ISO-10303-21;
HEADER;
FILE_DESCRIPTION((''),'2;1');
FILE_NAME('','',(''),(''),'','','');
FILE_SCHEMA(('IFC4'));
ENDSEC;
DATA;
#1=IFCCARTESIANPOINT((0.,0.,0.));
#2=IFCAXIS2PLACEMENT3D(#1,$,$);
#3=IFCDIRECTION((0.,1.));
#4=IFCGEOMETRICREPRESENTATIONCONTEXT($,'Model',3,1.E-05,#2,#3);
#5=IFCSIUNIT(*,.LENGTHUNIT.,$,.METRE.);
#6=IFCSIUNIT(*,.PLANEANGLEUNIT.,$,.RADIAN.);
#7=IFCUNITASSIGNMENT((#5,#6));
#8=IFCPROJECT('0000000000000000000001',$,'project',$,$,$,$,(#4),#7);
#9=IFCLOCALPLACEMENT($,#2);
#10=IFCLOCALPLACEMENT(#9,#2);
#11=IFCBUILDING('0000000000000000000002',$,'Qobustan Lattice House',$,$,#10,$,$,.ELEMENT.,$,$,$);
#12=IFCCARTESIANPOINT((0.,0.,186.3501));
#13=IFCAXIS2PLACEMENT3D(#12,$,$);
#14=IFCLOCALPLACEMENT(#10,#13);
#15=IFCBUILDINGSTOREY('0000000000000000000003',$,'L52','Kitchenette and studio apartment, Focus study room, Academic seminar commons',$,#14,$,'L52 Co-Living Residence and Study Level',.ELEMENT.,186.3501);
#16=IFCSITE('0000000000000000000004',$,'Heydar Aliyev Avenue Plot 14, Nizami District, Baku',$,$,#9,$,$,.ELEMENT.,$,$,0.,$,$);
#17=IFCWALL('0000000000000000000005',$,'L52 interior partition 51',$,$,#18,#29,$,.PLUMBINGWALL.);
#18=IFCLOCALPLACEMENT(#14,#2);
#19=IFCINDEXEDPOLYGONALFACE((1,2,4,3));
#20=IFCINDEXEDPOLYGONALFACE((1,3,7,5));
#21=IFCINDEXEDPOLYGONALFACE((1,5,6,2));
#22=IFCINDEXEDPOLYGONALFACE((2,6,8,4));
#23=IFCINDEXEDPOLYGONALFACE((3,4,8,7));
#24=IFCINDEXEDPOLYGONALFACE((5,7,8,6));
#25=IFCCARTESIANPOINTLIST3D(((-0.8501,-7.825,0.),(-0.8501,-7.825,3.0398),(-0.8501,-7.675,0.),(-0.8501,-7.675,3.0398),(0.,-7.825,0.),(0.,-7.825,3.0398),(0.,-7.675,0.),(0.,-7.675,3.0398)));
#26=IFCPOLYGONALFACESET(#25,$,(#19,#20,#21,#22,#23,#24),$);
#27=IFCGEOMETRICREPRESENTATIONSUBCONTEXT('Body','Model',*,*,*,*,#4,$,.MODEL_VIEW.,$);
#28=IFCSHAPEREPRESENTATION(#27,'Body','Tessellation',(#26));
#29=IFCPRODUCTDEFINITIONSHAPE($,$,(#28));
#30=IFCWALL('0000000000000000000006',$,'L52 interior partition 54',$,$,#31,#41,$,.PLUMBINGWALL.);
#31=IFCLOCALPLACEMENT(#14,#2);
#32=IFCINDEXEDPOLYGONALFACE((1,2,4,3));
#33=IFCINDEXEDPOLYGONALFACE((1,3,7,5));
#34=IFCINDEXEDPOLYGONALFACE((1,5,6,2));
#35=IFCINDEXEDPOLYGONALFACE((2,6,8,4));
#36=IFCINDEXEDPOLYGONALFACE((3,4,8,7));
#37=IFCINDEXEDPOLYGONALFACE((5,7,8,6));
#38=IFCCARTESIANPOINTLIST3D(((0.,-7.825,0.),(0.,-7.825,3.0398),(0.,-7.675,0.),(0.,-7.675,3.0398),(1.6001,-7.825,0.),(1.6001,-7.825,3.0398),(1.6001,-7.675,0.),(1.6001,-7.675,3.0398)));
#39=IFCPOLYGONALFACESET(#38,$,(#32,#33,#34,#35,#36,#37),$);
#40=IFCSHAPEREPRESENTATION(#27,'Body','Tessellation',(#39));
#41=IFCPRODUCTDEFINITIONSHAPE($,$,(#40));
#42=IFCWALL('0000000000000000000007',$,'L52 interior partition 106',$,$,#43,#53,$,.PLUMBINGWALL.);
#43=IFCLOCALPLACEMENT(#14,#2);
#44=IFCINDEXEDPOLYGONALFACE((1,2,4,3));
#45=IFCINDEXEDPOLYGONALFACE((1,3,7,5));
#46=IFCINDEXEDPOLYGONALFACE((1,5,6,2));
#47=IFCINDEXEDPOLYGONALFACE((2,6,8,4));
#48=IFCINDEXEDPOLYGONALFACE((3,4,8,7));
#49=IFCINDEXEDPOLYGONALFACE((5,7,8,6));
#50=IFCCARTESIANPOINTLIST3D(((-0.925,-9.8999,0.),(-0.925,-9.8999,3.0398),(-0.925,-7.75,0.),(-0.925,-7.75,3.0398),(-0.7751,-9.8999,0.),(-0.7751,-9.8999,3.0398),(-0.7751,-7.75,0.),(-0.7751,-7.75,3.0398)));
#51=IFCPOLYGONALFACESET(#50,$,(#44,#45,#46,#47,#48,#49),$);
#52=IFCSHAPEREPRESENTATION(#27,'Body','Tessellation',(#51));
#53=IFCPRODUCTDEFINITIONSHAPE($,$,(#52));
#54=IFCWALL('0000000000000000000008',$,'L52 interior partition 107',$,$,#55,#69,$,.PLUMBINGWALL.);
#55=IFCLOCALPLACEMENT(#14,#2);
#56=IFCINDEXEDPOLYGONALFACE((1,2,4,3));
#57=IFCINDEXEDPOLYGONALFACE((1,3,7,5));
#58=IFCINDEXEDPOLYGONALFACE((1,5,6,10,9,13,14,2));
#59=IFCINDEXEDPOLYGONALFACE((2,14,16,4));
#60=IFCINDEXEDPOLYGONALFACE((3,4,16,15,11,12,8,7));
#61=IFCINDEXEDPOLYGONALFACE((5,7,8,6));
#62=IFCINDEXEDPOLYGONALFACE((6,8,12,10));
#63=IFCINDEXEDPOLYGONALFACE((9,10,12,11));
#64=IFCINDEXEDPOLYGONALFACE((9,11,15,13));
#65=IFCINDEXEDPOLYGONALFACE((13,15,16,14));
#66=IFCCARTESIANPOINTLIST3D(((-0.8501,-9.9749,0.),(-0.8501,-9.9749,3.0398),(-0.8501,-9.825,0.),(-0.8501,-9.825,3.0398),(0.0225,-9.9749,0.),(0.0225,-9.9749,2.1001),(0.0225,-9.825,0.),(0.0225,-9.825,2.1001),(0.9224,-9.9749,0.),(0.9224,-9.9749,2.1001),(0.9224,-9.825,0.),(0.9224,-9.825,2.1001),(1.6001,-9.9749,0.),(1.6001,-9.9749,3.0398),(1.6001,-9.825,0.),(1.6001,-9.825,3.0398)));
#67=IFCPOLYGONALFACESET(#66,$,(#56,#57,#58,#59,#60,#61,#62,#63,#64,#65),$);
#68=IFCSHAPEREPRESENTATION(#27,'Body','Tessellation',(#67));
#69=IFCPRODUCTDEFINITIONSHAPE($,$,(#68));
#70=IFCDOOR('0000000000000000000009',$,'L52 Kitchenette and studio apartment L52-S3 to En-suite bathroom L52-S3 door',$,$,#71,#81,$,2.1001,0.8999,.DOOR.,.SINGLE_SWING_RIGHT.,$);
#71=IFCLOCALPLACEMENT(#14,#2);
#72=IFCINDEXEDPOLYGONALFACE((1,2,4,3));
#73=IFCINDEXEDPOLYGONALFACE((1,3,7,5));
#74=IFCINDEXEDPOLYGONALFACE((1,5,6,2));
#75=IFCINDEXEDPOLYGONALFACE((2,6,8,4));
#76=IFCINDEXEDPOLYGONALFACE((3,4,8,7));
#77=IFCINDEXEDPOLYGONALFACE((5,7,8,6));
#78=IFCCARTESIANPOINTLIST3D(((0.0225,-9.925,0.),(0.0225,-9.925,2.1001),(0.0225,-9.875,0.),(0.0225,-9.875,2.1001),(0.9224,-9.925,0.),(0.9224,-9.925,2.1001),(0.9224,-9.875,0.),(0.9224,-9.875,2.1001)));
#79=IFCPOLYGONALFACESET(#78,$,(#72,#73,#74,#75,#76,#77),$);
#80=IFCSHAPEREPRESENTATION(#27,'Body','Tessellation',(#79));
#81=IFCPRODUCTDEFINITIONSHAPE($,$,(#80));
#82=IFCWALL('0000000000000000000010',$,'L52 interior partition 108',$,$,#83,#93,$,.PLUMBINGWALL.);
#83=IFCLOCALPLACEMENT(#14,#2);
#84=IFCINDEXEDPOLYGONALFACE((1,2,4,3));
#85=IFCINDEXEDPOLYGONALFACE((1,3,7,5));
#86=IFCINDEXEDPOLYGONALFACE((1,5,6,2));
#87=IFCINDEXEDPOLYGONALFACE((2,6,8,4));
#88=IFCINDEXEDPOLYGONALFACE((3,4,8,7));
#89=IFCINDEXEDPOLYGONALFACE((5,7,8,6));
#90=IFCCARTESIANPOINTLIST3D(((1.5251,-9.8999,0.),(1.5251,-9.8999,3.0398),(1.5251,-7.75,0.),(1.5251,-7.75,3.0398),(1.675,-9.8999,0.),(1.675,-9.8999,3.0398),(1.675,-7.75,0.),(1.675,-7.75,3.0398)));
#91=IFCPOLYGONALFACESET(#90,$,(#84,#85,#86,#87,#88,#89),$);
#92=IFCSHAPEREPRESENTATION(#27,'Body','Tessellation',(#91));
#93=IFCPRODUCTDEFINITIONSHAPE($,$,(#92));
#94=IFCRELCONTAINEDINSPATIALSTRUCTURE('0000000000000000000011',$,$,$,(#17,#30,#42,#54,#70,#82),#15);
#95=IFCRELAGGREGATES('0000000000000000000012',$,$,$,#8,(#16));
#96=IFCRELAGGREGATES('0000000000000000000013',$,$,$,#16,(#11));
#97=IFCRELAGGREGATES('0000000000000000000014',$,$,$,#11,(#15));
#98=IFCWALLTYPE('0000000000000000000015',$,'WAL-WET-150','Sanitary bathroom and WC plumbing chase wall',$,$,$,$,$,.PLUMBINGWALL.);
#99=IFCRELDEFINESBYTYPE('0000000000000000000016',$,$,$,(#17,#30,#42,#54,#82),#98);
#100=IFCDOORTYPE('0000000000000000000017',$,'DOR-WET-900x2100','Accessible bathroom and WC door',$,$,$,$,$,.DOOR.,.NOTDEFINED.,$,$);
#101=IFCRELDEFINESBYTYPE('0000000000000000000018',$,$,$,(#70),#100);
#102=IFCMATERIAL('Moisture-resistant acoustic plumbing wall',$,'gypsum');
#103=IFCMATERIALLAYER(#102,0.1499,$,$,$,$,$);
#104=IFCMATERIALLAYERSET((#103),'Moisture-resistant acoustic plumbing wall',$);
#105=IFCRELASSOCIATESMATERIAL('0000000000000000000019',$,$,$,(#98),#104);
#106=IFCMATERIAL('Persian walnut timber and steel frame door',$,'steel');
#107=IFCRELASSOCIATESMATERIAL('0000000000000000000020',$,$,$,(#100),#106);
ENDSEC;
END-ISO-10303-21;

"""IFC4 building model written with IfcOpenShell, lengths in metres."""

from ifc_helpers import new_model, si_unit, direction, frame, frame_2d, origin, place, context, subcontext, project, spatial, rectangle, extrude, material, layer, layer_set, type_object, element, fill, save


model = new_model("IFC4")

# Units and contexts
model_context = context("Model", 3, precision=1e-05, world=origin(), true_north=direction((0.0, 1.0)))
body_context = subcontext(model_context, "Body", "Model", "MODEL_VIEW")
ifc_project = project(units=[si_unit("LENGTHUNIT", "METRE"), si_unit("PLANEANGLEUNIT", "RADIAN")], contexts=[model_context])

# Site, building, storey
site_placement = place(None, origin())
site = spatial("IfcSite", under=ifc_project, at=site_placement, Name="Heydar Aliyev Avenue Plot 14, Nizami District, Baku", CompositionType="ELEMENT", RefElevation=0.0)
building_placement = place(site_placement, origin())
building = spatial("IfcBuilding", under=site, at=building_placement, Name="Qobustan Lattice House", CompositionType="ELEMENT")
storey_placement = place(building_placement, frame((0.0, 0.0, 186.3501)))
storey = spatial("IfcBuildingStorey", under=building, at=storey_placement, Name="L52", Description="Kitchenette and studio apartment, Focus study room, Academic seminar commons", LongName="L52 Co-Living Residence and Study Level", CompositionType="ELEMENT", Elevation=186.3501)

# Walls
ifc_material_1 = material(Name="Moisture-resistant acoustic plumbing wall", Category="gypsum")
ifc_layer_1 = layer(ifc_material_1, 0.1499)
ifc_layer_set_1 = layer_set([ifc_layer_1], Name="Moisture-resistant acoustic plumbing wall")
wall_type_1 = type_object("IfcWallType", Name="WAL-WET-150", Description="Sanitary bathroom and WC plumbing chase wall", PredefinedType="PLUMBINGWALL", material=ifc_layer_set_1)
wall_1_placement = place(storey_placement, frame((0.0, -7.75, 0.0), z_axis=(0.0, 0.0, 1.0), x_axis=(-1.0, 0.0, 0.0)))
element("IfcWall", 1, at=wall_1_placement, inside=storey, type_object=wall_type_1, Name="L52 interior partition 51", PredefinedType="PLUMBINGWALL", context=body_context, shape_type="SweptSolid", body=[
    extrude(rectangle(XDim=0.8501, YDim=0.1499, at=frame_2d((0.425, 0.0))), origin(), (0.0, 0.0, 1.0), 3.0398),
])
wall_2_placement = place(storey_placement, frame((1.6001, -7.75, 0.0), z_axis=(0.0, 0.0, 1.0), x_axis=(-1.0, 0.0, 0.0)))
element("IfcWall", 2, at=wall_2_placement, inside=storey, type_object=wall_type_1, Name="L52 interior partition 54", PredefinedType="PLUMBINGWALL", context=body_context, shape_type="SweptSolid", body=[
    extrude(rectangle(XDim=1.6001, YDim=0.1499, at=frame_2d((0.8, 0.0))), origin(), (0.0, 0.0, 1.0), 3.0398),
])
wall_3_placement = place(storey_placement, frame((-0.8501, -7.75, 0.0), z_axis=(0.0, 0.0, 1.0), x_axis=(0.0, -1.0, 0.0)))
element("IfcWall", 3, at=wall_3_placement, inside=storey, type_object=wall_type_1, Name="L52 interior partition 106", PredefinedType="PLUMBINGWALL", context=body_context, shape_type="SweptSolid", body=[
    extrude(rectangle(XDim=2.1499, YDim=0.1499, at=frame_2d((1.075, 0.0))), origin(), (0.0, 0.0, 1.0), 3.0398),
])

# Wall, opening, door
wall_4_placement = place(storey_placement, frame((-0.8501, -9.8999, 0.0), z_axis=(0.0, 0.0, 1.0), x_axis=(1.0, 0.0, 0.0)))
wall_4 = element("IfcWall", 4, at=wall_4_placement, inside=storey, type_object=wall_type_1, Name="L52 interior partition 107", PredefinedType="PLUMBINGWALL", context=body_context, shape_type="SweptSolid", body=[
    extrude(rectangle(XDim=2.4502, YDim=0.1499, at=frame_2d((1.2251, 0.0))), origin(), (0.0, 0.0, 1.0), 3.0398),
])
opening_1_placement = place(wall_4_placement, frame((0.8726, 0.0, 0.0)))
opening_1 = element("IfcOpeningElement", 5, at=opening_1_placement, cuts=wall_4, PredefinedType="OPENING", context=body_context, shape_type="SweptSolid", body=[
    extrude(rectangle(XDim=0.8999, YDim=2.1001, at=frame_2d((0.45, 1.05))), frame((0.0, 0.085, 0.0), z_axis=(0.0, -1.0, 0.0), x_axis=(1.0, 0.0, 0.0)), (0.0, 0.0, 1.0), 0.1699),
])
ifc_material_2 = material(Name="Persian walnut timber and steel frame door", Category="steel")
door_type_1 = type_object("IfcDoorType", Name="DOR-WET-900x2100", Description="Accessible bathroom and WC door", OperationType="NOTDEFINED", PredefinedType="DOOR", material=ifc_material_2)
door_1_placement = place(opening_1_placement, origin())
door_1 = element("IfcDoor", 6, at=door_1_placement, inside=storey, type_object=door_type_1, Name="L52 Kitchenette and studio apartment L52-S3 to En-suite bathroom L52-S3 door", OperationType="SINGLE_SWING_RIGHT", OverallHeight=2.1001, OverallWidth=0.8999, PredefinedType="DOOR", context=body_context, shape_type="SweptSolid", body=[
    extrude(rectangle(XDim=0.8999, YDim=2.1001, at=frame_2d((0.45, 1.05))), frame((0.0, 0.0249, 0.0), z_axis=(0.0, -1.0, 0.0), x_axis=(1.0, 0.0, 0.0)), (0.0, 0.0, 1.0), 0.05),
])
fill(opening_1, door_1)

# Wall
wall_5_placement = place(storey_placement, frame((1.6001, -9.8999, 0.0), z_axis=(0.0, 0.0, 1.0), x_axis=(0.0, 1.0, 0.0)))
element("IfcWall", 7, at=wall_5_placement, inside=storey, type_object=wall_type_1, Name="L52 interior partition 108", PredefinedType="PLUMBINGWALL", context=body_context, shape_type="SweptSolid", body=[
    extrude(rectangle(XDim=2.1499, YDim=0.1499, at=frame_2d((1.075, 0.0))), origin(), (0.0, 0.0, 1.0), 3.0398),
])

save(model, "model.ifc")
